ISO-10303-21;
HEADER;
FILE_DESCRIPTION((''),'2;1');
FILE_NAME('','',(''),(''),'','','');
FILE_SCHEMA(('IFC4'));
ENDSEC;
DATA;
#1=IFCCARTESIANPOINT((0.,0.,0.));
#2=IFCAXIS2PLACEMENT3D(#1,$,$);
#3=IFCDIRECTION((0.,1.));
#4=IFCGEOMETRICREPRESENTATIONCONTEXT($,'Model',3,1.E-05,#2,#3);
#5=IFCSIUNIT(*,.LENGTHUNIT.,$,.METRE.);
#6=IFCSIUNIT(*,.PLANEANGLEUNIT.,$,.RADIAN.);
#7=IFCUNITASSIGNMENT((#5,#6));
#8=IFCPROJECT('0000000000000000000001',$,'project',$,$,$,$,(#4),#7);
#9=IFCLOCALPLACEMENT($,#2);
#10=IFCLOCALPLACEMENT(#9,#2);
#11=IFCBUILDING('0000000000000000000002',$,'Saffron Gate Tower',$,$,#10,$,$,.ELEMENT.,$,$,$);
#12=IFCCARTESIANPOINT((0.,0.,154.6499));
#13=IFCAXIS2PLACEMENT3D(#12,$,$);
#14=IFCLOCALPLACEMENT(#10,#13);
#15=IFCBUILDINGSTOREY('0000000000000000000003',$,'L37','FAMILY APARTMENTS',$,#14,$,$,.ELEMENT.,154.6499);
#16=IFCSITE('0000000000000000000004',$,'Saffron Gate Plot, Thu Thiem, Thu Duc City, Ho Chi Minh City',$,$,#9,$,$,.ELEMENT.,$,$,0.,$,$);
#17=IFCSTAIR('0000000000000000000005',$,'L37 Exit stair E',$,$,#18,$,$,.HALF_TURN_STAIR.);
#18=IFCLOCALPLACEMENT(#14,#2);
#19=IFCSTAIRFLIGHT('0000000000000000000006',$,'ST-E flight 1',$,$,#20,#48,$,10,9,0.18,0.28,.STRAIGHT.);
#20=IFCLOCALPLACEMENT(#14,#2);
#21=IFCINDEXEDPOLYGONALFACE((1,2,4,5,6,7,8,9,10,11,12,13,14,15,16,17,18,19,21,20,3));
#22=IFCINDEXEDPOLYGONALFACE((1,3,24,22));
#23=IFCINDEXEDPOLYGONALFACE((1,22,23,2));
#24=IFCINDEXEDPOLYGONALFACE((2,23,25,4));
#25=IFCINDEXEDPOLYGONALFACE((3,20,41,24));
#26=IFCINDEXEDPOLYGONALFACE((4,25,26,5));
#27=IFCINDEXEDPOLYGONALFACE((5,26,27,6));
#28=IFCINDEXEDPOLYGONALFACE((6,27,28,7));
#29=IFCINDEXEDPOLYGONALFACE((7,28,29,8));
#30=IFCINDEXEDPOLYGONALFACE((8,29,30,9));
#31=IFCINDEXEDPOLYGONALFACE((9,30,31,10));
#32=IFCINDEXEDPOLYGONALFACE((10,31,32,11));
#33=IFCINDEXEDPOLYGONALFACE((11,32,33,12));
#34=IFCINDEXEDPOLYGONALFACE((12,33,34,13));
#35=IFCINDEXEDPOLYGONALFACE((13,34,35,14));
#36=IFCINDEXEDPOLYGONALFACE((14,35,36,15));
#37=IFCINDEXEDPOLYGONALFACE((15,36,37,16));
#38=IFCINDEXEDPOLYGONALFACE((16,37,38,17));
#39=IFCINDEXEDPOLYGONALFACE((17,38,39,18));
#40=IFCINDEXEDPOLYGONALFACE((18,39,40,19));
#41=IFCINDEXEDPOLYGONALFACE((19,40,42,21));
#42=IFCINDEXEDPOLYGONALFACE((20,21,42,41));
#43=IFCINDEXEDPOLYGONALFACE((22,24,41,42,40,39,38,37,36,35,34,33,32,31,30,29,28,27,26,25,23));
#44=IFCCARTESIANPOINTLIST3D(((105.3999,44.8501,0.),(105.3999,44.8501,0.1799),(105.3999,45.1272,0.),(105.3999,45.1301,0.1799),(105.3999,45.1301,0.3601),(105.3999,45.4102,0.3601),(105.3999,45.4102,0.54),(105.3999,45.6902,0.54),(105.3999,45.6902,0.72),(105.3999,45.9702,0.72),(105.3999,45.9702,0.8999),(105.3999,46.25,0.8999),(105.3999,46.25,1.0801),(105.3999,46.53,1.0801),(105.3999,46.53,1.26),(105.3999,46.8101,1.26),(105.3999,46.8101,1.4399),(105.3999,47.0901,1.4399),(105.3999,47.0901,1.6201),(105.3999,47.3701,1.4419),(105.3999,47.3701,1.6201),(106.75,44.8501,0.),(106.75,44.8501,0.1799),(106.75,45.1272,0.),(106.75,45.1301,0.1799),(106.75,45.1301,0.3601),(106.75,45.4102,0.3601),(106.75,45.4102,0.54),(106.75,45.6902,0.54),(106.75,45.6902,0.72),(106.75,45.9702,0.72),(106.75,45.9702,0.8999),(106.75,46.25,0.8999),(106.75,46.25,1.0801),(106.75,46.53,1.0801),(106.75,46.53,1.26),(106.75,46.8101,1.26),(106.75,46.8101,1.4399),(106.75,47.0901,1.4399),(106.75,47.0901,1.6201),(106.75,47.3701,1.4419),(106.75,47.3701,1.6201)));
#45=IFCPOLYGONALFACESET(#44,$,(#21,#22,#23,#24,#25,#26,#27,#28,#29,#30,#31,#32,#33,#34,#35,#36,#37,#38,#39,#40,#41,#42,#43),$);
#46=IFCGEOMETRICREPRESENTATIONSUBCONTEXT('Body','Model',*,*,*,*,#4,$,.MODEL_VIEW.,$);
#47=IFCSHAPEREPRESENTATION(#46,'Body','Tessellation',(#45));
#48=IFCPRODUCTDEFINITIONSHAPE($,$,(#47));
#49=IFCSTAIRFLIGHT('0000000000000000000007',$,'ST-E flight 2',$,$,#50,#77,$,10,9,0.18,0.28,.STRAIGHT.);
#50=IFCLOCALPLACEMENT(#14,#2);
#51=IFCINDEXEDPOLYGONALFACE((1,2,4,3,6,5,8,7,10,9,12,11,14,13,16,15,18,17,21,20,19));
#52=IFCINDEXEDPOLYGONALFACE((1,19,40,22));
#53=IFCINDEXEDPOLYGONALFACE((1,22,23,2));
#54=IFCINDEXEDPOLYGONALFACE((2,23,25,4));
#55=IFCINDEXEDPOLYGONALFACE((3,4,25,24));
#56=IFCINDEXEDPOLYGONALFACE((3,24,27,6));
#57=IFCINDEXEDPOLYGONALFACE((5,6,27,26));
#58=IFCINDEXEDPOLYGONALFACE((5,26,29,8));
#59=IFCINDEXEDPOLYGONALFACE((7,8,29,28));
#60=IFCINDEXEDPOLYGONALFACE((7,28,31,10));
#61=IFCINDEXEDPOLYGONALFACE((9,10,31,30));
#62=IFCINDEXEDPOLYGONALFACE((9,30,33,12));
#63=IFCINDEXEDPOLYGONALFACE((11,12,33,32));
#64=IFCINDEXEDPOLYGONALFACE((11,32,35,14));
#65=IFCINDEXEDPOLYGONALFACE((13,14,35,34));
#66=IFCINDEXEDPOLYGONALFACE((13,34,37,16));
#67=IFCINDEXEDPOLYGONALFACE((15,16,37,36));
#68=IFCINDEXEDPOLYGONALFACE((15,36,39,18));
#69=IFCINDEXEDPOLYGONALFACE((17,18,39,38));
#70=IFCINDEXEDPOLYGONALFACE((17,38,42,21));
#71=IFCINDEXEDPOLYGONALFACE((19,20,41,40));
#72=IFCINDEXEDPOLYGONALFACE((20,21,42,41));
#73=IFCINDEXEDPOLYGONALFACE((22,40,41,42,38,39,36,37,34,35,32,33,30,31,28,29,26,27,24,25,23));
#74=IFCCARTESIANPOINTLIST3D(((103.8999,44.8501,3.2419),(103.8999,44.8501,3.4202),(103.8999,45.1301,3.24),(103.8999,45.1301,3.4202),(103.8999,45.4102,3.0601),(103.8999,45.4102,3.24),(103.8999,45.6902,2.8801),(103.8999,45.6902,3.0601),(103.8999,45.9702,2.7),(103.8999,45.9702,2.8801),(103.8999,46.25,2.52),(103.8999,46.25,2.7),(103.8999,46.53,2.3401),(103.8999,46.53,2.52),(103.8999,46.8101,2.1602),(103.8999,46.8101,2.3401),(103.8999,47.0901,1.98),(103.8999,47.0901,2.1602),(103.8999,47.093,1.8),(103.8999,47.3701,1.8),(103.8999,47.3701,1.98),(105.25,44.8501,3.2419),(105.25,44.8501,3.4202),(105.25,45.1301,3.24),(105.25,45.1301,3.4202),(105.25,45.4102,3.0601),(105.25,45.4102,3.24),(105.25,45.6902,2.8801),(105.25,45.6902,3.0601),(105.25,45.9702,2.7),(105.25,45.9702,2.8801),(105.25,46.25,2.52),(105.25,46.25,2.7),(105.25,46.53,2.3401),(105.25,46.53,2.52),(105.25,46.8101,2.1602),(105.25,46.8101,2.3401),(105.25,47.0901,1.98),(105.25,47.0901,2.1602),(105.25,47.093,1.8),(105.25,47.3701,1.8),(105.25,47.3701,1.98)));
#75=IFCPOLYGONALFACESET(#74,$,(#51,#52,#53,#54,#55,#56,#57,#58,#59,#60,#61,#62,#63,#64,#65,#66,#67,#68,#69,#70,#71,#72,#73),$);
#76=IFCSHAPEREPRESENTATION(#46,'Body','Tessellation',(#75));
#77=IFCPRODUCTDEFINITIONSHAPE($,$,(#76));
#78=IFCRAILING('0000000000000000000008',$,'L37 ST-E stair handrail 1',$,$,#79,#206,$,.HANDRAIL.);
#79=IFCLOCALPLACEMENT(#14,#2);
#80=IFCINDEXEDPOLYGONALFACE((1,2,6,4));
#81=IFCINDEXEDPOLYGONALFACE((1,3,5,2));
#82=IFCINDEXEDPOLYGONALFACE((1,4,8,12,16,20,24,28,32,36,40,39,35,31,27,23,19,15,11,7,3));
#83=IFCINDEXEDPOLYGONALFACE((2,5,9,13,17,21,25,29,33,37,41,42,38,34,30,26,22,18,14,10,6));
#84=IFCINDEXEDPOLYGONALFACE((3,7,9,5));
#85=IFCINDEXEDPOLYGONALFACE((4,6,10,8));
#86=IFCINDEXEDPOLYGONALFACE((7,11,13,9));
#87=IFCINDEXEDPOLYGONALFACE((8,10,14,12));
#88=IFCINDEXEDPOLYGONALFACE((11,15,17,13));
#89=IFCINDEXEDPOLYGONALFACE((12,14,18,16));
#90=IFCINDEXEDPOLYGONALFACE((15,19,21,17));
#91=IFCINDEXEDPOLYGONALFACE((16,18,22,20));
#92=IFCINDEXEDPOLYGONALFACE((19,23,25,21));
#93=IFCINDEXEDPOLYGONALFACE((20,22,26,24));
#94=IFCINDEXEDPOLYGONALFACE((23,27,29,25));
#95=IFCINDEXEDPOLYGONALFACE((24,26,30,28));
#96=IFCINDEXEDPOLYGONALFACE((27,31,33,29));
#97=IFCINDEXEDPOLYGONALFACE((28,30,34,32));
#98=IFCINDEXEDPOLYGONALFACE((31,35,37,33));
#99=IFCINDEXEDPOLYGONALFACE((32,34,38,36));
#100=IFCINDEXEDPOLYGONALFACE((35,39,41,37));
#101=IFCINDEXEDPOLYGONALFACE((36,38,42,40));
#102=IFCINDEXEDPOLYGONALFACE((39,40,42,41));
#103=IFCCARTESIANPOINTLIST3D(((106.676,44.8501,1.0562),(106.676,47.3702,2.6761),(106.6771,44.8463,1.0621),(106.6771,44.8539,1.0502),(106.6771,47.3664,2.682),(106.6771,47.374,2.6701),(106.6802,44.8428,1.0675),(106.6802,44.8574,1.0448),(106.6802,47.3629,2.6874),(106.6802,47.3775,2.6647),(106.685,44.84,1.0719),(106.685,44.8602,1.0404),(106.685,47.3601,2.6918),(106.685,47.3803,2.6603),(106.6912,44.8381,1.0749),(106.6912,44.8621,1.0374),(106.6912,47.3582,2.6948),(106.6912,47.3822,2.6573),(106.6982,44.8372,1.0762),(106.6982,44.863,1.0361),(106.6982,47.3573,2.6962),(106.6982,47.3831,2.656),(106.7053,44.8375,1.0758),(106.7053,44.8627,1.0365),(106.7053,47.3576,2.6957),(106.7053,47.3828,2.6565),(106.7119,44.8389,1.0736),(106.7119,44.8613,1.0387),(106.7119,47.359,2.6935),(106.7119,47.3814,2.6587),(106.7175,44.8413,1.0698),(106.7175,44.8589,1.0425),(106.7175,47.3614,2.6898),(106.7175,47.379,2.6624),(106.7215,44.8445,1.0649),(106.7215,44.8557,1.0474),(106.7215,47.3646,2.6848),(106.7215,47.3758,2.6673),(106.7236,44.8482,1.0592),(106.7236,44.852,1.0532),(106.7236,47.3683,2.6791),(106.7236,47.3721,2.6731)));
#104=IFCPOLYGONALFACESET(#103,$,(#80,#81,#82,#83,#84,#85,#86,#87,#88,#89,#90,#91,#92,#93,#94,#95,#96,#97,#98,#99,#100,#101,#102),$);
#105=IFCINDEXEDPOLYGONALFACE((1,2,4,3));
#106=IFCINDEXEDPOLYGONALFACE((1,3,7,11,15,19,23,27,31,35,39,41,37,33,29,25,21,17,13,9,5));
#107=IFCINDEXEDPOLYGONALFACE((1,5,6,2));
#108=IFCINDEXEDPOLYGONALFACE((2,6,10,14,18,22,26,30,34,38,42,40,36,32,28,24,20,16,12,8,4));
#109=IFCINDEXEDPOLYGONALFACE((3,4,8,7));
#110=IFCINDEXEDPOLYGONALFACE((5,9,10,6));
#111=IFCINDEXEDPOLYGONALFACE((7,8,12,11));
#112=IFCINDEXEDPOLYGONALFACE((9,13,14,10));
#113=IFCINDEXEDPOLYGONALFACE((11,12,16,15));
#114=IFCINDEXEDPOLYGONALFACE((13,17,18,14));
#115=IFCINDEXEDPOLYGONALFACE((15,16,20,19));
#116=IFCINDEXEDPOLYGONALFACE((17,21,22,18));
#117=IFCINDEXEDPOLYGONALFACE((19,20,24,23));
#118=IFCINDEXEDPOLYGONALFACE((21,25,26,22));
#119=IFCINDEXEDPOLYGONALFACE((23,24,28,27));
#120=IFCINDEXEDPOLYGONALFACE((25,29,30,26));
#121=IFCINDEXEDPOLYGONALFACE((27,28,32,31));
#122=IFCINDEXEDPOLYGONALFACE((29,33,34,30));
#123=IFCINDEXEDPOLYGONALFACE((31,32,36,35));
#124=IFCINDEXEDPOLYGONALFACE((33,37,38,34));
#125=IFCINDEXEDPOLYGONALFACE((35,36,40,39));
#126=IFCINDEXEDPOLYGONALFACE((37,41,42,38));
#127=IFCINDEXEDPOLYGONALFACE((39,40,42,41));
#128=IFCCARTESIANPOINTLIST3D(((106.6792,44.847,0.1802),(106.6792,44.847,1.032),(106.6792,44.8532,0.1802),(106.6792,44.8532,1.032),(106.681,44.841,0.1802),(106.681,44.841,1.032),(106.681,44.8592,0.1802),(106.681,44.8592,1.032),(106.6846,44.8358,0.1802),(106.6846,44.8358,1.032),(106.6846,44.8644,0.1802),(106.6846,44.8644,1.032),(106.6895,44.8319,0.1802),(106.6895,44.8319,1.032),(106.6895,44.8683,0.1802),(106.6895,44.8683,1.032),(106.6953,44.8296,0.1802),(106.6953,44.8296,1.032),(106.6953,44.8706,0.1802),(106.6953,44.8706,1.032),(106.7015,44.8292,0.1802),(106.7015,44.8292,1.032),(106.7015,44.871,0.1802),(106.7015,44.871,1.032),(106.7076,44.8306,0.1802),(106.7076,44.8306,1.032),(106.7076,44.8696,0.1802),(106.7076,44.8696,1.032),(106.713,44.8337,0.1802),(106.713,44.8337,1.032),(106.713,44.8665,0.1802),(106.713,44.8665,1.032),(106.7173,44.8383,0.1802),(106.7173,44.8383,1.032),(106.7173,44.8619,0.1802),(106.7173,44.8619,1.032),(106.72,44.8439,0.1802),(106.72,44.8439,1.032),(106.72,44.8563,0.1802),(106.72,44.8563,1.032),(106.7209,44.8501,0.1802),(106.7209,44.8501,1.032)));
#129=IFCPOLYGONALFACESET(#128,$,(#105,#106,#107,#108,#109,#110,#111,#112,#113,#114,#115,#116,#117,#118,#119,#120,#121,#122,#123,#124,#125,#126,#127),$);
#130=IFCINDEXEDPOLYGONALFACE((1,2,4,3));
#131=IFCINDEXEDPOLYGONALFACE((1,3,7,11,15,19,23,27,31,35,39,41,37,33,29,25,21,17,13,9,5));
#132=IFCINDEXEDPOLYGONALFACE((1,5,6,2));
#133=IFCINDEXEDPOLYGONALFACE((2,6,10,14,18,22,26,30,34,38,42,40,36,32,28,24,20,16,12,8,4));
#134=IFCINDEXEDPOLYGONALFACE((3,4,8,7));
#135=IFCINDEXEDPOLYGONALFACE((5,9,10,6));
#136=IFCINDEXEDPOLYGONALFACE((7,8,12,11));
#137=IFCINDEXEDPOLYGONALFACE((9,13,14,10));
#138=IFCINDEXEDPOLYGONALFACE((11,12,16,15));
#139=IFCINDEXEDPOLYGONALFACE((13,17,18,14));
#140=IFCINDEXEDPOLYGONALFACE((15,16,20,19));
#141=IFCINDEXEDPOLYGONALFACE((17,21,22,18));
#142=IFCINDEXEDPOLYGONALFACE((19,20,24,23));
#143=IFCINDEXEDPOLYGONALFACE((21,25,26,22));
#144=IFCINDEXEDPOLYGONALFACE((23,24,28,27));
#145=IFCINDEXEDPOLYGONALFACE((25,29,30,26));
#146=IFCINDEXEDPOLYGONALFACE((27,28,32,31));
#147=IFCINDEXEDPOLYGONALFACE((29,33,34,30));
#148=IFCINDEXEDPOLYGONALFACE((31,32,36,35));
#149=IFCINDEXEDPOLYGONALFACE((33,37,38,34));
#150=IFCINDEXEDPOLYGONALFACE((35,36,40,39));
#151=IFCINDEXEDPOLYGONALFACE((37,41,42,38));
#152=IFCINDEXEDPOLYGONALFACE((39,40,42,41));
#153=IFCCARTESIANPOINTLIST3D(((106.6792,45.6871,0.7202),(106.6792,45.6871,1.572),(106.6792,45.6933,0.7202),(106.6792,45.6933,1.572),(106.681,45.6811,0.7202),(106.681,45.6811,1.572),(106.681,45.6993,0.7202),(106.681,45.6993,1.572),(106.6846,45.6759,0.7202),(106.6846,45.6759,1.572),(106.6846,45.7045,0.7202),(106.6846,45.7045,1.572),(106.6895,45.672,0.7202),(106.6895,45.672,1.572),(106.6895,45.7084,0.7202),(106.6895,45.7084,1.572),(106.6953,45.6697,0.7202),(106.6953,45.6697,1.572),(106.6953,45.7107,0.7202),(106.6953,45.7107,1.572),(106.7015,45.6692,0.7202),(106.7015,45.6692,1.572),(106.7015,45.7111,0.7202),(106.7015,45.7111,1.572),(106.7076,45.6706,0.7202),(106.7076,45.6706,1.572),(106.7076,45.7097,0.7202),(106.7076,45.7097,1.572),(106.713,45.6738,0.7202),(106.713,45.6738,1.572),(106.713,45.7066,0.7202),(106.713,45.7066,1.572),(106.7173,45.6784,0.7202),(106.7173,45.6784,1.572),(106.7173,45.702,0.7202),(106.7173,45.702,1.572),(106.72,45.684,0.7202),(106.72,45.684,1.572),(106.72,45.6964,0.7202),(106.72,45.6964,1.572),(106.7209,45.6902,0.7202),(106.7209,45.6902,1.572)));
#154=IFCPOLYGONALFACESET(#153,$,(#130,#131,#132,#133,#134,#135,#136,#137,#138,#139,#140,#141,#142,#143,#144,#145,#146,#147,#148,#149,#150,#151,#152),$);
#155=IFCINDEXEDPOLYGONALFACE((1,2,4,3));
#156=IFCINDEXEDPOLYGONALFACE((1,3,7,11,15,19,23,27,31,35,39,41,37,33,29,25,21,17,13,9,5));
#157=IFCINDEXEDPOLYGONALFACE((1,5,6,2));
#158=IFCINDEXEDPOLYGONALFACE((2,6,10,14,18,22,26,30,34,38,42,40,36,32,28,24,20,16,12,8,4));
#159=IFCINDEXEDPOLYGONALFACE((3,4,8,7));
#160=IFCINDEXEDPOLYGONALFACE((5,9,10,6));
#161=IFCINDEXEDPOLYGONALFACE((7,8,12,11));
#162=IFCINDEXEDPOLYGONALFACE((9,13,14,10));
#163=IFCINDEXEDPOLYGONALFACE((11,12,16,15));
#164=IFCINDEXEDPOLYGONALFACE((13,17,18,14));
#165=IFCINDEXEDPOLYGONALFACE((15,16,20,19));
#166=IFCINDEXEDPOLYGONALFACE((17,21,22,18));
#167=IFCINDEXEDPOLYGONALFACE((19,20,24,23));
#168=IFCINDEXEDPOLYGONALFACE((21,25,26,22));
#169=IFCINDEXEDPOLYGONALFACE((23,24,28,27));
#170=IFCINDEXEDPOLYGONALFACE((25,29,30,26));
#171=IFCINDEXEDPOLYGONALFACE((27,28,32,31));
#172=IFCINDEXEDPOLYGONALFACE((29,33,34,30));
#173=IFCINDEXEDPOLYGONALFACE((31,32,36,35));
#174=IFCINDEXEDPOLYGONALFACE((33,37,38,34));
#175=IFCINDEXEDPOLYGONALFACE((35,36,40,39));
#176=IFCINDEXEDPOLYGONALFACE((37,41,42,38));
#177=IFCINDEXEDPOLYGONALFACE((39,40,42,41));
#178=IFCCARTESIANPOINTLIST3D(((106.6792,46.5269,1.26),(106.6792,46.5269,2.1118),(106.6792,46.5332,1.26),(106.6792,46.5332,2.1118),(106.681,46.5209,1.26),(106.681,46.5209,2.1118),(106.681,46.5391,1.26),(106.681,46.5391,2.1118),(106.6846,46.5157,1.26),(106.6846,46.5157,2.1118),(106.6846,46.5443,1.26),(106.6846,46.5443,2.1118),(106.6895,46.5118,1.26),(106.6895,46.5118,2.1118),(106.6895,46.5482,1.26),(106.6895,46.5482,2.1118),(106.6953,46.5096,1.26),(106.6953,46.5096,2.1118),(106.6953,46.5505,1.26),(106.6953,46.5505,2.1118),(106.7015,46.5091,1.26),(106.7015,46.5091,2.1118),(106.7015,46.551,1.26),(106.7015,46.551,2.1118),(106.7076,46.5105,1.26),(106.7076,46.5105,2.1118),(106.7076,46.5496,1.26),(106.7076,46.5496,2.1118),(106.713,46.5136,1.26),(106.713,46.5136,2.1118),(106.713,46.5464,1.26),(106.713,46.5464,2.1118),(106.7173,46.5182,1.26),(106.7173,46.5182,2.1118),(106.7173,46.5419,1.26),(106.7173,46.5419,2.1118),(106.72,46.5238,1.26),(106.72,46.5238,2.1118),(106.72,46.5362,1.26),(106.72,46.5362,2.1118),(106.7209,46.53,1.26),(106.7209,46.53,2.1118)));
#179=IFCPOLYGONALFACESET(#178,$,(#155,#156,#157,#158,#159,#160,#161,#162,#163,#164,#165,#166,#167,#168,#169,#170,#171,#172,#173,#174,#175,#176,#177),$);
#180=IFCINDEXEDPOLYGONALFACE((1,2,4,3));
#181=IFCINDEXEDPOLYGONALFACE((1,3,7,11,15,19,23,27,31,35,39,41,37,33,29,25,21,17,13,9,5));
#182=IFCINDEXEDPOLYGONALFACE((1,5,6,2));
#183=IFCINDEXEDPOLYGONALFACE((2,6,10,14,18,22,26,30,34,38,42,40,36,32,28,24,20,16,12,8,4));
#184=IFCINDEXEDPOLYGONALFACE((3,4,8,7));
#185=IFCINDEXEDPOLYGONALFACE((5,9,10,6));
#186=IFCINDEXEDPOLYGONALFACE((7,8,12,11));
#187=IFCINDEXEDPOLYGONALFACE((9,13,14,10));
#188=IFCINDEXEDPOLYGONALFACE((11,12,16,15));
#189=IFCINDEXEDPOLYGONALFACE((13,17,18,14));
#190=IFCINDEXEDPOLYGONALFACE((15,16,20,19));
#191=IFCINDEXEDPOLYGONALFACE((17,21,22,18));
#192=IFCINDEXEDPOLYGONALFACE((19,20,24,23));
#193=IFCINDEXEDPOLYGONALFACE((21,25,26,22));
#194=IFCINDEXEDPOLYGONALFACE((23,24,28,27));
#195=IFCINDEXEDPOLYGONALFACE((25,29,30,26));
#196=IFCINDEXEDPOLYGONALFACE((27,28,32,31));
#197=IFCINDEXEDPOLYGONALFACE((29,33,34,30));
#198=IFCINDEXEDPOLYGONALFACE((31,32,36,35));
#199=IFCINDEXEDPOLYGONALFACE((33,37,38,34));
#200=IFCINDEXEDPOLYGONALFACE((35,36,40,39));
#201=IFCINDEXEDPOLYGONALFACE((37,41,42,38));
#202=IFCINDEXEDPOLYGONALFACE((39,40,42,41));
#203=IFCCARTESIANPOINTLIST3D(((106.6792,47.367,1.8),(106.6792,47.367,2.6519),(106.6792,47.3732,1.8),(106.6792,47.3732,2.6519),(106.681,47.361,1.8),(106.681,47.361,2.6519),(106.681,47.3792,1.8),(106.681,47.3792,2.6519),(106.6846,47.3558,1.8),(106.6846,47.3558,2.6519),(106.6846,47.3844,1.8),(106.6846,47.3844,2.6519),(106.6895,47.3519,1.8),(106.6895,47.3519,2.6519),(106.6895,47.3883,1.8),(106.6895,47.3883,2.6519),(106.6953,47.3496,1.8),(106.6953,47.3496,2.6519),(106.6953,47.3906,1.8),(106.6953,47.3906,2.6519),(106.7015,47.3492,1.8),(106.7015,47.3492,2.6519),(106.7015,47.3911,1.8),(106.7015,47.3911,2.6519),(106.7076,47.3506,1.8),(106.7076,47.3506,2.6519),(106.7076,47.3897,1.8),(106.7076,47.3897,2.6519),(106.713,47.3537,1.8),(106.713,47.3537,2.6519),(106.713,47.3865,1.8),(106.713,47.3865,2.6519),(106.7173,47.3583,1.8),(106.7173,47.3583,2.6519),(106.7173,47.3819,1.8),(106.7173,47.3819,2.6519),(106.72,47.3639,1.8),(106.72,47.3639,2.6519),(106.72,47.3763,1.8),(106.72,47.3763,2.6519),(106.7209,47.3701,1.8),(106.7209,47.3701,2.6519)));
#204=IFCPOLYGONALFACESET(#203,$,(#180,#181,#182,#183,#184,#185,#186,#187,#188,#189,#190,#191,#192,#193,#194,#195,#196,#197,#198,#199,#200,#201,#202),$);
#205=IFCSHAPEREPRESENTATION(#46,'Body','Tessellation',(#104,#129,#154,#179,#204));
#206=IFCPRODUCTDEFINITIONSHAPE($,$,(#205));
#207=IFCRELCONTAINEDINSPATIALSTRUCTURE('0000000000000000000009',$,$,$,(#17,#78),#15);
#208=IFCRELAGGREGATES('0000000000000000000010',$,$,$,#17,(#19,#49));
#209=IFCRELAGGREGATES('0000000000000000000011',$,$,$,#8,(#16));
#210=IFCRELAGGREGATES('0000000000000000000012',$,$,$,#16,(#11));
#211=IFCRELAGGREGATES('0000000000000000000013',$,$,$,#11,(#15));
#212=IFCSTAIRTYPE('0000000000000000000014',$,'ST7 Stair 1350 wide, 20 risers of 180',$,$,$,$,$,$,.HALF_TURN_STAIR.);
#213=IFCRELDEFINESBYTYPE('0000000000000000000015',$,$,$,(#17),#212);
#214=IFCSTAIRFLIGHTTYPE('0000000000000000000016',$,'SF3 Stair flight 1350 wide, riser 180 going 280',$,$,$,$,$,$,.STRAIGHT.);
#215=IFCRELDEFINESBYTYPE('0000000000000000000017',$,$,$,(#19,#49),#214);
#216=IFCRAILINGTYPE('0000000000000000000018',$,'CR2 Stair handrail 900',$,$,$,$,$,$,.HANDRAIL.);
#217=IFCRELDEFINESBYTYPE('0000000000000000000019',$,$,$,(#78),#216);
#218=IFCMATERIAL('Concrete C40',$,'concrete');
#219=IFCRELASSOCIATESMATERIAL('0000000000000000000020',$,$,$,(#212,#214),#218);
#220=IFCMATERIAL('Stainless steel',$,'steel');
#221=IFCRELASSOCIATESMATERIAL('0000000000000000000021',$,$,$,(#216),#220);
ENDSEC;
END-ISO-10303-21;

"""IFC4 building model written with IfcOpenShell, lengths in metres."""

from ifc_helpers import new_model, si_unit, direction, frame, origin, origin_2d, place, context, subcontext, project, spatial, polyline, circle, outline, extrude, material, type_object, element, aggregate, save


model = new_model("IFC4")

# Units and contexts
model_context = context("Model", 3, precision=1e-05, world=origin(), true_north=direction((0.0, 1.0)))
body_context = subcontext(model_context, "Body", "Model", "MODEL_VIEW")
ifc_project = project(units=[si_unit("LENGTHUNIT", "METRE"), si_unit("PLANEANGLEUNIT", "RADIAN")], contexts=[model_context])

# Site, building, storey
site_placement = place(None, origin())
site = spatial("IfcSite", under=ifc_project, at=site_placement, Name="Saffron Gate Plot, Thu Thiem, Thu Duc City, Ho Chi Minh City", CompositionType="ELEMENT", RefElevation=0.0)
building_placement = place(site_placement, origin())
building = spatial("IfcBuilding", under=site, at=building_placement, Name="Saffron Gate Tower", CompositionType="ELEMENT")
storey_placement = place(building_placement, frame((0.0, 0.0, 154.6499)))
storey = spatial("IfcBuildingStorey", under=building, at=storey_placement, Name="L37", Description="FAMILY APARTMENTS", CompositionType="ELEMENT", Elevation=154.6499)

# Stair, stair flights
ifc_material_1 = material(Name="Concrete C40", Category="concrete")
stair_type = type_object("IfcStairType", Name="ST7 Stair 1350 wide, 20 risers of 180", PredefinedType="HALF_TURN_STAIR", material=ifc_material_1)
stair_placement = place(storey_placement, origin())
stair = element("IfcStair", 1, at=stair_placement, inside=storey, type_object=stair_type, Name="L37 Exit stair E", PredefinedType="HALF_TURN_STAIR")
stair_flight_type = type_object("IfcStairFlightType", Name="SF3 Stair flight 1350 wide, riser 180 going 280", PredefinedType="STRAIGHT", material=ifc_material_1)
stair_flight_1_placement = place(storey_placement, frame((106.075, 44.8501, 0.0), z_axis=(0.0, 0.0, 1.0), x_axis=(0.0, 1.0, 0.0)))
stair_flight_1 = element("IfcStairFlight", 2, at=stair_flight_1_placement, type_object=stair_flight_type, Name="ST-E flight 1", NumberOfRisers=10, NumberOfTreads=9, PredefinedType="STRAIGHT", RiserHeight=0.18, TreadLength=0.28, context=body_context, shape_type="SweptSolid", body=[
    extrude(outline(polyline([(0.0, 0.0), (0.0, 0.1799), (0.28, 0.1799), (0.28, 0.3601), (0.5601, 0.3601), (0.5601, 0.54), (0.8401, 0.54), (0.8401, 0.72), (1.1201, 0.72), (1.1201, 0.8999), (1.3999, 0.8999), (1.3999, 1.0801), (1.6799, 1.0801), (1.6799, 1.26), (1.96, 1.26), (1.96, 1.4399), (2.24, 1.4399), (2.24, 1.6201), (2.52, 1.6201), (2.52, 1.8), (2.52, 1.4419), (0.2771, 0.0), (0.0, 0.0)])), frame((0.0, 0.675, 0.0), z_axis=(0.0, -1.0, 0.0), x_axis=(1.0, 0.0, 0.0)), (0.0, 0.0, 1.0), 1.3501),
])
stair_flight_2_placement = place(storey_placement, frame((104.575, 47.3701, 1.8), z_axis=(0.0, 0.0, 1.0), x_axis=(0.0, -1.0, 0.0)))
stair_flight_2 = element("IfcStairFlight", 3, at=stair_flight_2_placement, type_object=stair_flight_type, Name="ST-E flight 2", NumberOfRisers=10, NumberOfTreads=9, PredefinedType="STRAIGHT", RiserHeight=0.18, TreadLength=0.28, context=body_context, shape_type="SweptSolid", body=[
    extrude(outline(polyline([(0.0, 0.0), (0.0, 0.1799), (0.28, 0.1799), (0.28, 0.3601), (0.5601, 0.3601), (0.5601, 0.54), (0.8401, 0.54), (0.8401, 0.72), (1.1201, 0.72), (1.1201, 0.8999), (1.3999, 0.8999), (1.3999, 1.0801), (1.6799, 1.0801), (1.6799, 1.26), (1.96, 1.26), (1.96, 1.4399), (2.24, 1.4399), (2.24, 1.6201), (2.52, 1.6201), (2.52, 1.8), (2.52, 1.4419), (0.2771, 0.0), (0.0, 0.0)])), frame((0.0, 0.675, 0.0), z_axis=(0.0, -1.0, 0.0), x_axis=(1.0, 0.0, 0.0)), (0.0, 0.0, 1.0), 1.3501),
])
aggregate(stair, [stair_flight_1, stair_flight_2])

# Railing
ifc_material_2 = material(Name="Stainless steel", Category="steel")
railing_type_1 = type_object("IfcRailingType", Name="CR2 Stair handrail 900", PredefinedType="HANDRAIL", material=ifc_material_2)
railing_1_placement = place(storey_placement, frame((106.7, 44.8501, 0.1802)))
element("IfcRailing", 4, at=railing_1_placement, inside=storey, type_object=railing_type_1, Name="L37 ST-E stair handrail 1", PredefinedType="HANDRAIL", context=body_context, shape_type="SweptSolid", body=[
    extrude(circle(Radius=0.0239, at=origin_2d()), frame((0.0, 0.0, 0.876), z_axis=(0.0, 0.8412, 0.540725), x_axis=(-1.0, 0.0, 0.0)), (0.0, 0.0, 1.0), 2.9958),
    extrude(circle(Radius=0.021, at=origin_2d()), origin(), (0.0, 0.0, 1.0), 0.8518),
    extrude(circle(Radius=0.021, at=origin_2d()), frame((0.0, 0.8401, 0.54)), (0.0, 0.0, 1.0), 0.8518),
    extrude(circle(Radius=0.021, at=origin_2d()), frame((0.0, 1.6799, 1.0798)), (0.0, 0.0, 1.0), 0.8518),
    extrude(circle(Radius=0.021, at=origin_2d()), frame((0.0, 2.52, 1.6199)), (0.0, 0.0, 1.0), 0.8518),
])

save(model, "model.ifc")
